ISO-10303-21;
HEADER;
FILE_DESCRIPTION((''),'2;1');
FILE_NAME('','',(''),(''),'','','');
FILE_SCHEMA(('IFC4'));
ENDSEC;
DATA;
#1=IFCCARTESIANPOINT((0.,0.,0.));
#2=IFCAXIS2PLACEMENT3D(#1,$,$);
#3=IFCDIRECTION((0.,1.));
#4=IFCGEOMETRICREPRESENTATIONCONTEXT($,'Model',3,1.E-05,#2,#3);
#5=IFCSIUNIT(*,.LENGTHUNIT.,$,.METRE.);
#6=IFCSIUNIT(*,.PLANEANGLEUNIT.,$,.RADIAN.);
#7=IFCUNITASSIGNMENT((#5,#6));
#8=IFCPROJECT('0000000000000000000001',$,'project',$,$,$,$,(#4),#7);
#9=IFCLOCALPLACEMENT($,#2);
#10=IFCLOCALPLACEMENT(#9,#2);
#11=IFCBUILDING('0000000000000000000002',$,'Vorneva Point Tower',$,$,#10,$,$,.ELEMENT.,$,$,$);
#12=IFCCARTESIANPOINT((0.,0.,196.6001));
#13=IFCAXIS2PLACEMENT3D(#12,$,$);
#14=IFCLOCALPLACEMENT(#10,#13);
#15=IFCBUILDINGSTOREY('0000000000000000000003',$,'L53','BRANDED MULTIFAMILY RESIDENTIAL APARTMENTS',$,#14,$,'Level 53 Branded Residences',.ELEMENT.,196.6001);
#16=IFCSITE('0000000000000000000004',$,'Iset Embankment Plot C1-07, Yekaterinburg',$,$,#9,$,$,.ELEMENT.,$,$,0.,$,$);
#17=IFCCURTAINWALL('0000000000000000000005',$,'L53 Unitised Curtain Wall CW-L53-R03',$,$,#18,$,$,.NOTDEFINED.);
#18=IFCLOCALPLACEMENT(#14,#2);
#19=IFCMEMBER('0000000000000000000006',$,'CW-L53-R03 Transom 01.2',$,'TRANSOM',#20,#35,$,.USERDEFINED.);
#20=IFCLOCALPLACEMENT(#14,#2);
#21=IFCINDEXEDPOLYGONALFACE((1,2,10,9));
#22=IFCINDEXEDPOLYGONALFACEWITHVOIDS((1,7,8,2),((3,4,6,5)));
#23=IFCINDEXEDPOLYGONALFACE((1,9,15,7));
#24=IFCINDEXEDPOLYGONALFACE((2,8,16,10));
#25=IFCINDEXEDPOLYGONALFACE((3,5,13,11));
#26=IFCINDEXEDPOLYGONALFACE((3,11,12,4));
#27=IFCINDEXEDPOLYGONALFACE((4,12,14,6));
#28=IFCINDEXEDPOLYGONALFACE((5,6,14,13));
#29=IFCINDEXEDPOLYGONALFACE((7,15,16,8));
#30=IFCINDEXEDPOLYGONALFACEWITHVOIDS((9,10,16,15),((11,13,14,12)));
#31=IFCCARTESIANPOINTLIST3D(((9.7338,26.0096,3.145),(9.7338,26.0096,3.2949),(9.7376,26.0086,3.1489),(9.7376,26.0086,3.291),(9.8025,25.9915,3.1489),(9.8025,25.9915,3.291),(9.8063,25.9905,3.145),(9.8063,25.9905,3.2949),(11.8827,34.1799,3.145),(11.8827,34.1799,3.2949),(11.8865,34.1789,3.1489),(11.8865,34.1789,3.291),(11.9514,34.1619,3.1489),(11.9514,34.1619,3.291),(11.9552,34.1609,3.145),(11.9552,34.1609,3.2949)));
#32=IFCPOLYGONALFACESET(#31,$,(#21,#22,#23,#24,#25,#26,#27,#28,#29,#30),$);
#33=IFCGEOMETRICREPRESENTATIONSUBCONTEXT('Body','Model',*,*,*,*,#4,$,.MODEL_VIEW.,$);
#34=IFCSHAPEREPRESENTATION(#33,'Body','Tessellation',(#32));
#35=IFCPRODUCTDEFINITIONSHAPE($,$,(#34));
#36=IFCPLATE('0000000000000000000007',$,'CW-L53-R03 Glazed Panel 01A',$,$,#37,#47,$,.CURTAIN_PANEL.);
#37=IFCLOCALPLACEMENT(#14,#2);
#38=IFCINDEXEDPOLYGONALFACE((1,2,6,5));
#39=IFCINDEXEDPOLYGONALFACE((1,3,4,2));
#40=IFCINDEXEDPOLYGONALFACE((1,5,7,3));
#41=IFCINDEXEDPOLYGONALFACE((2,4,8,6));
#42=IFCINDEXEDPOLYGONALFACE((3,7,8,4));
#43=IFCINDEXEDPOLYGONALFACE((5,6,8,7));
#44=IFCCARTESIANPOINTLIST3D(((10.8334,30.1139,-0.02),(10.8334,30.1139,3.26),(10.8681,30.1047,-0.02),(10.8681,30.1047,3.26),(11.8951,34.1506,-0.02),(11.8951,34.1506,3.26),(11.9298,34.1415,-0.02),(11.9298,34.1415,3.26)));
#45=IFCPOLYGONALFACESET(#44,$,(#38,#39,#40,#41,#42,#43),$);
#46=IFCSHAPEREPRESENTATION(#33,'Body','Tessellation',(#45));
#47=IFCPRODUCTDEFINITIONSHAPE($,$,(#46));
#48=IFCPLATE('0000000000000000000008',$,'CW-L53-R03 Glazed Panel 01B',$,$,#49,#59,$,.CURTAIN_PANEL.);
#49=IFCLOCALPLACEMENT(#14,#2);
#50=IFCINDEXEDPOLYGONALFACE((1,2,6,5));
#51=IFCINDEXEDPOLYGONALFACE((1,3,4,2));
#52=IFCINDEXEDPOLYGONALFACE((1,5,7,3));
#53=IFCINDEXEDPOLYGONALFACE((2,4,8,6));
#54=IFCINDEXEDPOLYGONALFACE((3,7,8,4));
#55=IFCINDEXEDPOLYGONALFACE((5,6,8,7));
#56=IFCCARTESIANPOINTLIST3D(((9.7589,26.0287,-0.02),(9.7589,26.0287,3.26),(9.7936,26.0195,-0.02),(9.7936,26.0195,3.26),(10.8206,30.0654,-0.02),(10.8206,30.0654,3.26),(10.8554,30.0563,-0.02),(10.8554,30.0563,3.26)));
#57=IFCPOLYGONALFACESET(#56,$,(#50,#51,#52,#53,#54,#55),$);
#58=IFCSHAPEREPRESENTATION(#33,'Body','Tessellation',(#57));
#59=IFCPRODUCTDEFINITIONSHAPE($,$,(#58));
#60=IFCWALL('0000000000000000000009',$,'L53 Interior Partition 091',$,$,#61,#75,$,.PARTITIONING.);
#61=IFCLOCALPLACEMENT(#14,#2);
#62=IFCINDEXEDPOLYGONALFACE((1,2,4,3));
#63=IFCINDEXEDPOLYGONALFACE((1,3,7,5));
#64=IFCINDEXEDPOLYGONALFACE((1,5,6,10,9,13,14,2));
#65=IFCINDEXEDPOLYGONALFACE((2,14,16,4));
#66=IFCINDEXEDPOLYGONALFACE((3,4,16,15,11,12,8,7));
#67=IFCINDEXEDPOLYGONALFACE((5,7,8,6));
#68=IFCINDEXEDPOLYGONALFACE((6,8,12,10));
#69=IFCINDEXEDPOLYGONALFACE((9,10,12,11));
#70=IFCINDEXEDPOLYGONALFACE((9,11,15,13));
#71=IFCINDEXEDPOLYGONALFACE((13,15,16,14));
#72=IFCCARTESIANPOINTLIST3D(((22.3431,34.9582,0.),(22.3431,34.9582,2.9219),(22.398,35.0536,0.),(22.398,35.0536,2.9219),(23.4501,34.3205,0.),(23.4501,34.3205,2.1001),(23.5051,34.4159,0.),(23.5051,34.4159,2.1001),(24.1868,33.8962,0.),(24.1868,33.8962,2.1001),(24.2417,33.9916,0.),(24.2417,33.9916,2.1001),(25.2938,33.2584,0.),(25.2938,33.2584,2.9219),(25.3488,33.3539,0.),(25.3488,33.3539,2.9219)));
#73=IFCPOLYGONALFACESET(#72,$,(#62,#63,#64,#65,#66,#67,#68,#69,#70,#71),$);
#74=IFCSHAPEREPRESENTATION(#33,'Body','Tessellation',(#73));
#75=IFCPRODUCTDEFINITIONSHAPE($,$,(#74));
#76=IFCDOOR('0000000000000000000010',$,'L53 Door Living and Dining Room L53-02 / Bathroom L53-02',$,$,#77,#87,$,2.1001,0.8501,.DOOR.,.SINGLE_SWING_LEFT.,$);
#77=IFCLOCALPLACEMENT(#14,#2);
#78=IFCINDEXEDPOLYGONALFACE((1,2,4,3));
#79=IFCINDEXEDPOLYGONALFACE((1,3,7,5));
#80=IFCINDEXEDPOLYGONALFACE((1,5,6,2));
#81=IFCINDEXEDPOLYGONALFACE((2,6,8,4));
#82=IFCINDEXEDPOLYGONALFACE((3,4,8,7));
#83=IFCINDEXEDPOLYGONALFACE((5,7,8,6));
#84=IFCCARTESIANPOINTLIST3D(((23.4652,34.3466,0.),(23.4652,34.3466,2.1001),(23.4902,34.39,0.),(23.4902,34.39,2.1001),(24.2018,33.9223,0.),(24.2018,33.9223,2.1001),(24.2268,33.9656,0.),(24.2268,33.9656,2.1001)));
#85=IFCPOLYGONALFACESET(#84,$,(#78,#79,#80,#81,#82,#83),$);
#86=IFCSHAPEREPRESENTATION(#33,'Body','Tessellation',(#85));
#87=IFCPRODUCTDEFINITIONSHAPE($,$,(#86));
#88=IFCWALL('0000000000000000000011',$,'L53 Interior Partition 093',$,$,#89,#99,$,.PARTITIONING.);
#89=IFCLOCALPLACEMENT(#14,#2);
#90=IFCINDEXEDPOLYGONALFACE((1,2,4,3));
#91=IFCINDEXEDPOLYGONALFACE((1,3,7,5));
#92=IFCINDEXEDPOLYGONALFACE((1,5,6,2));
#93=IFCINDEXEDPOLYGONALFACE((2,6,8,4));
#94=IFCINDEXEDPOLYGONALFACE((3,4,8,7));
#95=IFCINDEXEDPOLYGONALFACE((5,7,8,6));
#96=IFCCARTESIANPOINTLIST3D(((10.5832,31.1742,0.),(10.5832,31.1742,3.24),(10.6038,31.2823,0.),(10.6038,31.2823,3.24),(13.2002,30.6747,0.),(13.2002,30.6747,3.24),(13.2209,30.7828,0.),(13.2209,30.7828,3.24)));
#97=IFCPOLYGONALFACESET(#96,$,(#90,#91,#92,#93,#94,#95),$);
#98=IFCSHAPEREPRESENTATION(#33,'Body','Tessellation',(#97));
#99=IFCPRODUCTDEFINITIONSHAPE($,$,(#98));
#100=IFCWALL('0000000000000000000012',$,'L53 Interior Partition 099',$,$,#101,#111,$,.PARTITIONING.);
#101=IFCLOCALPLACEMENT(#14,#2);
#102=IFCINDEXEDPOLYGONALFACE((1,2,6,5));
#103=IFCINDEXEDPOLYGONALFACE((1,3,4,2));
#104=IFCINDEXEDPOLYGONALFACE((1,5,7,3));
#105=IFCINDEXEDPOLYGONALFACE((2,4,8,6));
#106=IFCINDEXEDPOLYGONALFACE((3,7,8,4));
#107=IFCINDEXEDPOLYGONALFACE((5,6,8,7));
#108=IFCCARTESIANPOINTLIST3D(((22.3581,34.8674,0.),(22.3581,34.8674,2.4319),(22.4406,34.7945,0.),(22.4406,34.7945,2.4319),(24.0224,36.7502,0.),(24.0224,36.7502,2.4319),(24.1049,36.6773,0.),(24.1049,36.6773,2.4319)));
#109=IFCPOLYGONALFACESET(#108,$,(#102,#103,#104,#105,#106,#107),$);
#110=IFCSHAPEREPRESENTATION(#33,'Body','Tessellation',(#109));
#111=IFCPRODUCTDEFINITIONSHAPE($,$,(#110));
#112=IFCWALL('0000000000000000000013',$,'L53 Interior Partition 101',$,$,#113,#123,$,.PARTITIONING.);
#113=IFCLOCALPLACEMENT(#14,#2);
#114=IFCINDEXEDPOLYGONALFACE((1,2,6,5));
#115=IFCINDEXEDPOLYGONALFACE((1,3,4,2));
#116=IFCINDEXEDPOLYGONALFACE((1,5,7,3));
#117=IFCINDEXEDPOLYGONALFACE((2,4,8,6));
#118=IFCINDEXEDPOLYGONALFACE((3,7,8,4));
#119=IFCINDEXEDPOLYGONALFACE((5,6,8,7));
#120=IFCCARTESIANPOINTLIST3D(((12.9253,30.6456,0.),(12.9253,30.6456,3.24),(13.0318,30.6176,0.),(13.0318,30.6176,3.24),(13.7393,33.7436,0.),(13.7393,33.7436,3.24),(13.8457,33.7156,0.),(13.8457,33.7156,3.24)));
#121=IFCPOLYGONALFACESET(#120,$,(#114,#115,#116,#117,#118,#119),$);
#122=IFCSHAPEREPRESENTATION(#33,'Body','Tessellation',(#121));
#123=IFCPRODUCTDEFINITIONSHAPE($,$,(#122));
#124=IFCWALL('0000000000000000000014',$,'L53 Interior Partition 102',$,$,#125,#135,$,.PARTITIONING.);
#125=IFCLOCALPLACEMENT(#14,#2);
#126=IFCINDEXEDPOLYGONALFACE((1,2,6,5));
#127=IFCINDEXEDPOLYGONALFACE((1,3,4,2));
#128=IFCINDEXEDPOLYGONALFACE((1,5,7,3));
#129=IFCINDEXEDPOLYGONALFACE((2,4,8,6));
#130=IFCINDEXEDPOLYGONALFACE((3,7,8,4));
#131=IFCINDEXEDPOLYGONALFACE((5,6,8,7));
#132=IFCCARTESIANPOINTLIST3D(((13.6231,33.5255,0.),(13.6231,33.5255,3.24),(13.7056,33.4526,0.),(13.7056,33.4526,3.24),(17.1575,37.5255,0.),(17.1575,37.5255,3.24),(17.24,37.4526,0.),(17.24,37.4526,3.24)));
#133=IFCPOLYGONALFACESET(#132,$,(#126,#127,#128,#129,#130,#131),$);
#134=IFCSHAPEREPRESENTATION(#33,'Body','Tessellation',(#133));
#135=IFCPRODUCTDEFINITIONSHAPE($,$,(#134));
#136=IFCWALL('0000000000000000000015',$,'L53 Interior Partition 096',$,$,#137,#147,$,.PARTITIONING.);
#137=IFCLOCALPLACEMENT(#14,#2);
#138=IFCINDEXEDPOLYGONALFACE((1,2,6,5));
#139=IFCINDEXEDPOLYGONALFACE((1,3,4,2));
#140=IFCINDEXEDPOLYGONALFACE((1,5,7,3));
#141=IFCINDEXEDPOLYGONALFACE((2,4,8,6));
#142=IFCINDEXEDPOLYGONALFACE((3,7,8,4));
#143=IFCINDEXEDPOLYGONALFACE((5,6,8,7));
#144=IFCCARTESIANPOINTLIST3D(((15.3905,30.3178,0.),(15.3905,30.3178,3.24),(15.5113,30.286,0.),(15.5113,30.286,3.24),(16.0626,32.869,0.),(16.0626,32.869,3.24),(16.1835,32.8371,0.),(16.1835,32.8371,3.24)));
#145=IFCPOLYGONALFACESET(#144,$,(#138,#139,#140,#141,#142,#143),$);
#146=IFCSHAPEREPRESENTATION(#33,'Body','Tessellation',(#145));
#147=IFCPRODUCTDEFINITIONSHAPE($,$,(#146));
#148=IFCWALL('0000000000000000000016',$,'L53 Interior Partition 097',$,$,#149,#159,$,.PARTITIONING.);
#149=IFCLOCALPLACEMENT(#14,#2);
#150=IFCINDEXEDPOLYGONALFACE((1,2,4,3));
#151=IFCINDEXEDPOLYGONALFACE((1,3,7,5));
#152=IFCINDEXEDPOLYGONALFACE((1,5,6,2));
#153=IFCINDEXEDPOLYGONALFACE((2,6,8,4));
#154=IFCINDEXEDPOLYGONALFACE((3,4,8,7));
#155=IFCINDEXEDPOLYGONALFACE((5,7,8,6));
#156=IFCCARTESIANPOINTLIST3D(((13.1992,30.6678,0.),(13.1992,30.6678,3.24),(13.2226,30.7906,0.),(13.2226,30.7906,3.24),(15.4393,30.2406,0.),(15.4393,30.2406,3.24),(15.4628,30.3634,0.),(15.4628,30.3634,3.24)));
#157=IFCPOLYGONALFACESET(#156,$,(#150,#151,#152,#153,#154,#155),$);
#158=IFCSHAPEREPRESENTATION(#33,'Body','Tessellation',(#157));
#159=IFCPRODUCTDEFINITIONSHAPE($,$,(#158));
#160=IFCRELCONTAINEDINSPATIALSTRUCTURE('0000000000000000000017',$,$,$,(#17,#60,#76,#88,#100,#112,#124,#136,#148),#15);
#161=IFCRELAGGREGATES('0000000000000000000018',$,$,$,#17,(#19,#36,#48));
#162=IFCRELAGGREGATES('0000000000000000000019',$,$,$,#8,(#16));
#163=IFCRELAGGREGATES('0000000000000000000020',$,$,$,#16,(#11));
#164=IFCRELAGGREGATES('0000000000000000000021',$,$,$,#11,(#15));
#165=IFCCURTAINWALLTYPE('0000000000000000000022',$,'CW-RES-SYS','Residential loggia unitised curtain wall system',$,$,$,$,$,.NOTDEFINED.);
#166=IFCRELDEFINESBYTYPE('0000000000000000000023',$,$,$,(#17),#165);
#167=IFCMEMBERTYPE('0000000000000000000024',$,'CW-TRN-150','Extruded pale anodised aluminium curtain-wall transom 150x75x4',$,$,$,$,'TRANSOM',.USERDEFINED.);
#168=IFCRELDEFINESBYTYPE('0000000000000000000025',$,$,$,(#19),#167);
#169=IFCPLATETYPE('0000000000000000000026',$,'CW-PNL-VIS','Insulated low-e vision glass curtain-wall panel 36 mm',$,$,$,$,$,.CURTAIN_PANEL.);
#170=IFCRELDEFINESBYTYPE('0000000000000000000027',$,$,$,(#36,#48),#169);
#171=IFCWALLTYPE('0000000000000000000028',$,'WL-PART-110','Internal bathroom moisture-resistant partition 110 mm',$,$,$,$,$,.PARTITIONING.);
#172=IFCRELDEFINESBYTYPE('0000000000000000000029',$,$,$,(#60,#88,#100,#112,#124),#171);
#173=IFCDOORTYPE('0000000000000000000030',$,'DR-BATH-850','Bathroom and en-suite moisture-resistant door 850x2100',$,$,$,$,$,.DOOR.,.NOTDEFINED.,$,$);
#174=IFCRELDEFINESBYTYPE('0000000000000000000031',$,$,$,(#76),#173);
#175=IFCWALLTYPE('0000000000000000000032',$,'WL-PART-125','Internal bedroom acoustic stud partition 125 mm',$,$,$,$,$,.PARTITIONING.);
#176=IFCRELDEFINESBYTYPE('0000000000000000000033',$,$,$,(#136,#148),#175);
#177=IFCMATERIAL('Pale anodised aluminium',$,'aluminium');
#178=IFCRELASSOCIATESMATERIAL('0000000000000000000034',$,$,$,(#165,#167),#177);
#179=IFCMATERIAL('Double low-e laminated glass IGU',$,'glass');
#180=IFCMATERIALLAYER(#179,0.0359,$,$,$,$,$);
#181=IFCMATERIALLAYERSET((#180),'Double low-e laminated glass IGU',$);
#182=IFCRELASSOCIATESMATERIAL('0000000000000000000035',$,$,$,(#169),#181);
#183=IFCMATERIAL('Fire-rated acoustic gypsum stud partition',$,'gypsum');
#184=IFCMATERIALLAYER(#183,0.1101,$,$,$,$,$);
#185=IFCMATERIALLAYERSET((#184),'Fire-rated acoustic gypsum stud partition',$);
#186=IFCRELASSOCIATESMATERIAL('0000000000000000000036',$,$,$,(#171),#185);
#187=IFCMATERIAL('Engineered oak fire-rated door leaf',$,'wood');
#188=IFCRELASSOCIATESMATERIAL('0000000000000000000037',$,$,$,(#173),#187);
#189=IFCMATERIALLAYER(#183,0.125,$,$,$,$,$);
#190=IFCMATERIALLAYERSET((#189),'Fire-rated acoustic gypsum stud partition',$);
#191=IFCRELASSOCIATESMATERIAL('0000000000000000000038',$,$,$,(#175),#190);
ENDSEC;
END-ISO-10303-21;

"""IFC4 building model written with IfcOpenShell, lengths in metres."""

from ifc_helpers import new_model, si_unit, direction, frame, frame_2d, origin, origin_2d, place, context, subcontext, project, spatial, rectangle, hollow_rectangle, extrude, material, layer, layer_set, material_profile, profile_set, type_object, element, fill, aggregate, save


model = new_model("IFC4")

# Units and contexts
model_context = context("Model", 3, precision=1e-05, world=origin(), true_north=direction((0.0, 1.0)))
body_context = subcontext(model_context, "Body", "Model", "MODEL_VIEW")
ifc_project = project(units=[si_unit("LENGTHUNIT", "METRE"), si_unit("PLANEANGLEUNIT", "RADIAN")], contexts=[model_context])

# Site, building, storey
site_placement = place(None, origin())
site = spatial("IfcSite", under=ifc_project, at=site_placement, Name="Iset Embankment Plot C1-07, Yekaterinburg", CompositionType="ELEMENT", RefElevation=0.0)
building_placement = place(site_placement, origin())
building = spatial("IfcBuilding", under=site, at=building_placement, Name="Vorneva Point Tower", CompositionType="ELEMENT")
storey_placement = place(building_placement, frame((0.0, 0.0, 196.6001)))
storey = spatial("IfcBuildingStorey", under=building, at=storey_placement, Name="L53", Description="BRANDED MULTIFAMILY RESIDENTIAL APARTMENTS", LongName="Level 53 Branded Residences", CompositionType="ELEMENT", Elevation=196.6001)

# Curtain wall, member, plates
ifc_material_1 = material(Name="Pale anodised aluminium", Category="aluminium")
curtain_wall_type = type_object("IfcCurtainWallType", Name="CW-RES-SYS", Description="Residential loggia unitised curtain wall system", PredefinedType="NOTDEFINED", material=ifc_material_1)
curtain_wall_placement = place(storey_placement, origin())
curtain_wall = element("IfcCurtainWall", 1, at=curtain_wall_placement, inside=storey, type_object=curtain_wall_type, Name="L53 Unitised Curtain Wall CW-L53-R03", PredefinedType="NOTDEFINED")
ifc_material_profile_1 = material_profile(ifc_material_1, hollow_rectangle(XDim=0.075, YDim=0.1499, WallThickness=0.0039, at=origin_2d()), Name="AL-TRN 150x75x4")
ifc_profile_set_1 = profile_set([ifc_material_profile_1], Name="Pale anodised aluminium")
member_type_1 = type_object("IfcMemberType", Name="CW-TRN-150", Description="Extruded pale anodised aluminium curtain-wall transom 150x75x4", ElementType="TRANSOM", PredefinedType="USERDEFINED", material=ifc_profile_set_1)
member_1_placement = place(storey_placement, frame((11.9189, 34.1704, 3.22), z_axis=(-0.254362, -0.967109, 0.0), x_axis=(0.967109, -0.254362, 0.0)))
member_1 = element("IfcMember", 2, at=member_1_placement, type_object=member_type_1, Name="CW-L53-R03 Transom 01.2", ObjectType="TRANSOM", PredefinedType="USERDEFINED", context=body_context, shape_type="SweptSolid", body=[
    extrude(hollow_rectangle(XDim=0.075, YDim=0.1499, WallThickness=0.0039, at=origin_2d()), origin(), (0.0, 0.0, 1.0), 8.4482),
])
ifc_material_2 = material(Name="Double low-e laminated glass IGU", Category="glass")
ifc_layer_1 = layer(ifc_material_2, 0.0359)
ifc_layer_set_1 = layer_set([ifc_layer_1], Name="Double low-e laminated glass IGU")
plate_type = type_object("IfcPlateType", Name="CW-PNL-VIS", Description="Insulated low-e vision glass curtain-wall panel 36 mm", PredefinedType="CURTAIN_PANEL", material=ifc_layer_set_1)
plate_1_placement = place(storey_placement, frame((11.3816, 32.1277, -0.02), z_axis=(0.0, 0.0, 1.0), x_axis=(-0.254366, -0.967108, 0.0)))
plate_1 = element("IfcPlate", 3, at=plate_1_placement, type_object=plate_type, Name="CW-L53-R03 Glazed Panel 01A", PredefinedType="CURTAIN_PANEL", context=body_context, shape_type="SweptSolid", body=[
    extrude(rectangle(XDim=4.1741, YDim=0.0359, at=origin_2d()), origin(), (0.0, 0.0, 1.0), 3.28),
])
plate_2_placement = place(storey_placement, frame((10.3071, 28.0425, -0.02), z_axis=(0.0, 0.0, 1.0), x_axis=(-0.254366, -0.967108, 0.0)))
plate_2 = element("IfcPlate", 4, at=plate_2_placement, type_object=plate_type, Name="CW-L53-R03 Glazed Panel 01B", PredefinedType="CURTAIN_PANEL", context=body_context, shape_type="SweptSolid", body=[
    extrude(rectangle(XDim=4.1741, YDim=0.0359, at=origin_2d()), origin(), (0.0, 0.0, 1.0), 3.28),
])
aggregate(curtain_wall, [member_1, plate_1, plate_2])

# Wall, opening, door
ifc_material_3 = material(Name="Fire-rated acoustic gypsum stud partition", Category="gypsum")
ifc_layer_2 = layer(ifc_material_3, 0.1101)
ifc_layer_set_2 = layer_set([ifc_layer_2], Name="Fire-rated acoustic gypsum stud partition")
wall_type_1 = type_object("IfcWallType", Name="WL-PART-110", Description="Internal bathroom moisture-resistant partition 110 mm", PredefinedType="PARTITIONING", material=ifc_layer_set_2)
wall_1_placement = place(storey_placement, frame((25.3213, 33.3062, 0.0), z_axis=(0.0, 0.0, 1.0), x_axis=(-0.866517, 0.499147, 0.0)))
wall_1 = element("IfcWall", 5, at=wall_1_placement, inside=storey, type_object=wall_type_1, Name="L53 Interior Partition 091", PredefinedType="PARTITIONING", context=body_context, shape_type="SweptSolid", body=[
    extrude(rectangle(XDim=3.4053, YDim=0.1101, at=frame_2d((1.7026, 0.0))), origin(), (0.0, 0.0, 1.0), 2.9219),
])
opening_1_placement = place(wall_1_placement, frame((1.2776, 0.0, 0.0)))
opening_1 = element("IfcOpeningElement", 6, at=opening_1_placement, cuts=wall_1, PredefinedType="OPENING", context=body_context, shape_type="SweptSolid", body=[
    extrude(rectangle(XDim=0.8501, YDim=2.1001, at=frame_2d((0.425, 1.05))), frame((0.0, 0.0698, 0.0), z_axis=(0.0, -1.0, 0.0), x_axis=(1.0, 0.0, 0.0)), (0.0, 0.0, 1.0), 0.1399),
])
ifc_material_4 = material(Name="Engineered oak fire-rated door leaf", Category="wood")
door_type_1 = type_object("IfcDoorType", Name="DR-BATH-850", Description="Bathroom and en-suite moisture-resistant door 850x2100", OperationType="NOTDEFINED", PredefinedType="DOOR", material=ifc_material_4)
door_1_placement = place(opening_1_placement, origin())
door_1 = element("IfcDoor", 7, at=door_1_placement, inside=storey, type_object=door_type_1, Name="L53 Door Living and Dining Room L53-02 / Bathroom L53-02", OperationType="SINGLE_SWING_LEFT", OverallHeight=2.1001, OverallWidth=0.8501, PredefinedType="DOOR", context=body_context, shape_type="SweptSolid", body=[
    extrude(rectangle(XDim=0.8501, YDim=2.1001, at=frame_2d((0.425, 1.05))), frame((0.0, 0.0249, 0.0), z_axis=(0.0, -1.0, 0.0), x_axis=(1.0, 0.0, 0.0)), (0.0, 0.0, 1.0), 0.05),
])
fill(opening_1, door_1)

# Walls
wall_2_placement = place(storey_placement, frame((13.2104, 30.7288, 0.0), z_axis=(0.0, 0.0, 1.0), x_axis=(-0.982266, 0.187491, 0.0)))
element("IfcWall", 8, at=wall_2_placement, inside=storey, type_object=wall_type_1, Name="L53 Interior Partition 093", PredefinedType="PARTITIONING", context=body_context, shape_type="SweptSolid", body=[
    extrude(rectangle(XDim=2.6643, YDim=0.1101, at=frame_2d((1.332, 0.0))), origin(), (0.0, 0.0, 1.0), 3.24),
])
wall_3_placement = place(storey_placement, frame((22.3994, 34.8311, 0.0), z_axis=(0.0, 0.0, 1.0), x_axis=(0.662293, 0.749245, 0.0)))
element("IfcWall", 9, at=wall_3_placement, inside=storey, type_object=wall_type_1, Name="L53 Interior Partition 099", PredefinedType="PARTITIONING", context=body_context, shape_type="SweptSolid", body=[
    extrude(rectangle(XDim=2.5129, YDim=0.1101, at=frame_2d((1.2563, 0.0))), origin(), (0.0, 0.0, 1.0), 2.4319),
])
wall_4_placement = place(storey_placement, frame((12.9785, 30.6316, 0.0), z_axis=(0.0, 0.0, 1.0), x_axis=(0.254122, 0.967172, 0.0)))
element("IfcWall", 10, at=wall_4_placement, inside=storey, type_object=wall_type_1, Name="L53 Interior Partition 101", PredefinedType="PARTITIONING", context=body_context, shape_type="SweptSolid", body=[
    extrude(rectangle(XDim=3.2031, YDim=0.1101, at=frame_2d((1.6016, 0.0))), origin(), (0.0, 0.0, 1.0), 3.24),
])
wall_5_placement = place(storey_placement, frame((13.6643, 33.489, 0.0), z_axis=(0.0, 0.0, 1.0), x_axis=(0.662149, 0.749372, 0.0)))
element("IfcWall", 11, at=wall_5_placement, inside=storey, type_object=wall_type_1, Name="L53 Interior Partition 102", PredefinedType="PARTITIONING", context=body_context, shape_type="SweptSolid", body=[
    extrude(rectangle(XDim=5.3379, YDim=0.1101, at=frame_2d((2.6689, 0.0))), origin(), (0.0, 0.0, 1.0), 3.24),
])
ifc_layer_3 = layer(ifc_material_3, 0.125)
ifc_layer_set_3 = layer_set([ifc_layer_3], Name="Fire-rated acoustic gypsum stud partition")
wall_type_2 = type_object("IfcWallType", Name="WL-PART-125", Description="Internal bedroom acoustic stud partition 125 mm", PredefinedType="PARTITIONING", material=ifc_layer_set_3)
wall_6_placement = place(storey_placement, frame((16.123, 32.853, 0.0), z_axis=(0.0, 0.0, 1.0), x_axis=(-0.254776, -0.967, 0.0)))
element("IfcWall", 12, at=wall_6_placement, inside=storey, type_object=wall_type_2, Name="L53 Interior Partition 096", PredefinedType="PARTITIONING", context=body_context, shape_type="SweptSolid", body=[
    extrude(rectangle(XDim=2.6382, YDim=0.125, at=frame_2d((1.3191, 0.0))), origin(), (0.0, 0.0, 1.0), 3.24),
])
wall_7_placement = place(storey_placement, frame((15.4509, 30.302, 0.0), z_axis=(0.0, 0.0, 1.0), x_axis=(-0.982295, 0.187338, 0.0)))
element("IfcWall", 13, at=wall_7_placement, inside=storey, type_object=wall_type_2, Name="L53 Interior Partition 097", PredefinedType="PARTITIONING", context=body_context, shape_type="SweptSolid", body=[
    extrude(rectangle(XDim=2.2805, YDim=0.125, at=frame_2d((1.1401, 0.0))), origin(), (0.0, 0.0, 1.0), 3.24),
])

save(model, "model.ifc")
